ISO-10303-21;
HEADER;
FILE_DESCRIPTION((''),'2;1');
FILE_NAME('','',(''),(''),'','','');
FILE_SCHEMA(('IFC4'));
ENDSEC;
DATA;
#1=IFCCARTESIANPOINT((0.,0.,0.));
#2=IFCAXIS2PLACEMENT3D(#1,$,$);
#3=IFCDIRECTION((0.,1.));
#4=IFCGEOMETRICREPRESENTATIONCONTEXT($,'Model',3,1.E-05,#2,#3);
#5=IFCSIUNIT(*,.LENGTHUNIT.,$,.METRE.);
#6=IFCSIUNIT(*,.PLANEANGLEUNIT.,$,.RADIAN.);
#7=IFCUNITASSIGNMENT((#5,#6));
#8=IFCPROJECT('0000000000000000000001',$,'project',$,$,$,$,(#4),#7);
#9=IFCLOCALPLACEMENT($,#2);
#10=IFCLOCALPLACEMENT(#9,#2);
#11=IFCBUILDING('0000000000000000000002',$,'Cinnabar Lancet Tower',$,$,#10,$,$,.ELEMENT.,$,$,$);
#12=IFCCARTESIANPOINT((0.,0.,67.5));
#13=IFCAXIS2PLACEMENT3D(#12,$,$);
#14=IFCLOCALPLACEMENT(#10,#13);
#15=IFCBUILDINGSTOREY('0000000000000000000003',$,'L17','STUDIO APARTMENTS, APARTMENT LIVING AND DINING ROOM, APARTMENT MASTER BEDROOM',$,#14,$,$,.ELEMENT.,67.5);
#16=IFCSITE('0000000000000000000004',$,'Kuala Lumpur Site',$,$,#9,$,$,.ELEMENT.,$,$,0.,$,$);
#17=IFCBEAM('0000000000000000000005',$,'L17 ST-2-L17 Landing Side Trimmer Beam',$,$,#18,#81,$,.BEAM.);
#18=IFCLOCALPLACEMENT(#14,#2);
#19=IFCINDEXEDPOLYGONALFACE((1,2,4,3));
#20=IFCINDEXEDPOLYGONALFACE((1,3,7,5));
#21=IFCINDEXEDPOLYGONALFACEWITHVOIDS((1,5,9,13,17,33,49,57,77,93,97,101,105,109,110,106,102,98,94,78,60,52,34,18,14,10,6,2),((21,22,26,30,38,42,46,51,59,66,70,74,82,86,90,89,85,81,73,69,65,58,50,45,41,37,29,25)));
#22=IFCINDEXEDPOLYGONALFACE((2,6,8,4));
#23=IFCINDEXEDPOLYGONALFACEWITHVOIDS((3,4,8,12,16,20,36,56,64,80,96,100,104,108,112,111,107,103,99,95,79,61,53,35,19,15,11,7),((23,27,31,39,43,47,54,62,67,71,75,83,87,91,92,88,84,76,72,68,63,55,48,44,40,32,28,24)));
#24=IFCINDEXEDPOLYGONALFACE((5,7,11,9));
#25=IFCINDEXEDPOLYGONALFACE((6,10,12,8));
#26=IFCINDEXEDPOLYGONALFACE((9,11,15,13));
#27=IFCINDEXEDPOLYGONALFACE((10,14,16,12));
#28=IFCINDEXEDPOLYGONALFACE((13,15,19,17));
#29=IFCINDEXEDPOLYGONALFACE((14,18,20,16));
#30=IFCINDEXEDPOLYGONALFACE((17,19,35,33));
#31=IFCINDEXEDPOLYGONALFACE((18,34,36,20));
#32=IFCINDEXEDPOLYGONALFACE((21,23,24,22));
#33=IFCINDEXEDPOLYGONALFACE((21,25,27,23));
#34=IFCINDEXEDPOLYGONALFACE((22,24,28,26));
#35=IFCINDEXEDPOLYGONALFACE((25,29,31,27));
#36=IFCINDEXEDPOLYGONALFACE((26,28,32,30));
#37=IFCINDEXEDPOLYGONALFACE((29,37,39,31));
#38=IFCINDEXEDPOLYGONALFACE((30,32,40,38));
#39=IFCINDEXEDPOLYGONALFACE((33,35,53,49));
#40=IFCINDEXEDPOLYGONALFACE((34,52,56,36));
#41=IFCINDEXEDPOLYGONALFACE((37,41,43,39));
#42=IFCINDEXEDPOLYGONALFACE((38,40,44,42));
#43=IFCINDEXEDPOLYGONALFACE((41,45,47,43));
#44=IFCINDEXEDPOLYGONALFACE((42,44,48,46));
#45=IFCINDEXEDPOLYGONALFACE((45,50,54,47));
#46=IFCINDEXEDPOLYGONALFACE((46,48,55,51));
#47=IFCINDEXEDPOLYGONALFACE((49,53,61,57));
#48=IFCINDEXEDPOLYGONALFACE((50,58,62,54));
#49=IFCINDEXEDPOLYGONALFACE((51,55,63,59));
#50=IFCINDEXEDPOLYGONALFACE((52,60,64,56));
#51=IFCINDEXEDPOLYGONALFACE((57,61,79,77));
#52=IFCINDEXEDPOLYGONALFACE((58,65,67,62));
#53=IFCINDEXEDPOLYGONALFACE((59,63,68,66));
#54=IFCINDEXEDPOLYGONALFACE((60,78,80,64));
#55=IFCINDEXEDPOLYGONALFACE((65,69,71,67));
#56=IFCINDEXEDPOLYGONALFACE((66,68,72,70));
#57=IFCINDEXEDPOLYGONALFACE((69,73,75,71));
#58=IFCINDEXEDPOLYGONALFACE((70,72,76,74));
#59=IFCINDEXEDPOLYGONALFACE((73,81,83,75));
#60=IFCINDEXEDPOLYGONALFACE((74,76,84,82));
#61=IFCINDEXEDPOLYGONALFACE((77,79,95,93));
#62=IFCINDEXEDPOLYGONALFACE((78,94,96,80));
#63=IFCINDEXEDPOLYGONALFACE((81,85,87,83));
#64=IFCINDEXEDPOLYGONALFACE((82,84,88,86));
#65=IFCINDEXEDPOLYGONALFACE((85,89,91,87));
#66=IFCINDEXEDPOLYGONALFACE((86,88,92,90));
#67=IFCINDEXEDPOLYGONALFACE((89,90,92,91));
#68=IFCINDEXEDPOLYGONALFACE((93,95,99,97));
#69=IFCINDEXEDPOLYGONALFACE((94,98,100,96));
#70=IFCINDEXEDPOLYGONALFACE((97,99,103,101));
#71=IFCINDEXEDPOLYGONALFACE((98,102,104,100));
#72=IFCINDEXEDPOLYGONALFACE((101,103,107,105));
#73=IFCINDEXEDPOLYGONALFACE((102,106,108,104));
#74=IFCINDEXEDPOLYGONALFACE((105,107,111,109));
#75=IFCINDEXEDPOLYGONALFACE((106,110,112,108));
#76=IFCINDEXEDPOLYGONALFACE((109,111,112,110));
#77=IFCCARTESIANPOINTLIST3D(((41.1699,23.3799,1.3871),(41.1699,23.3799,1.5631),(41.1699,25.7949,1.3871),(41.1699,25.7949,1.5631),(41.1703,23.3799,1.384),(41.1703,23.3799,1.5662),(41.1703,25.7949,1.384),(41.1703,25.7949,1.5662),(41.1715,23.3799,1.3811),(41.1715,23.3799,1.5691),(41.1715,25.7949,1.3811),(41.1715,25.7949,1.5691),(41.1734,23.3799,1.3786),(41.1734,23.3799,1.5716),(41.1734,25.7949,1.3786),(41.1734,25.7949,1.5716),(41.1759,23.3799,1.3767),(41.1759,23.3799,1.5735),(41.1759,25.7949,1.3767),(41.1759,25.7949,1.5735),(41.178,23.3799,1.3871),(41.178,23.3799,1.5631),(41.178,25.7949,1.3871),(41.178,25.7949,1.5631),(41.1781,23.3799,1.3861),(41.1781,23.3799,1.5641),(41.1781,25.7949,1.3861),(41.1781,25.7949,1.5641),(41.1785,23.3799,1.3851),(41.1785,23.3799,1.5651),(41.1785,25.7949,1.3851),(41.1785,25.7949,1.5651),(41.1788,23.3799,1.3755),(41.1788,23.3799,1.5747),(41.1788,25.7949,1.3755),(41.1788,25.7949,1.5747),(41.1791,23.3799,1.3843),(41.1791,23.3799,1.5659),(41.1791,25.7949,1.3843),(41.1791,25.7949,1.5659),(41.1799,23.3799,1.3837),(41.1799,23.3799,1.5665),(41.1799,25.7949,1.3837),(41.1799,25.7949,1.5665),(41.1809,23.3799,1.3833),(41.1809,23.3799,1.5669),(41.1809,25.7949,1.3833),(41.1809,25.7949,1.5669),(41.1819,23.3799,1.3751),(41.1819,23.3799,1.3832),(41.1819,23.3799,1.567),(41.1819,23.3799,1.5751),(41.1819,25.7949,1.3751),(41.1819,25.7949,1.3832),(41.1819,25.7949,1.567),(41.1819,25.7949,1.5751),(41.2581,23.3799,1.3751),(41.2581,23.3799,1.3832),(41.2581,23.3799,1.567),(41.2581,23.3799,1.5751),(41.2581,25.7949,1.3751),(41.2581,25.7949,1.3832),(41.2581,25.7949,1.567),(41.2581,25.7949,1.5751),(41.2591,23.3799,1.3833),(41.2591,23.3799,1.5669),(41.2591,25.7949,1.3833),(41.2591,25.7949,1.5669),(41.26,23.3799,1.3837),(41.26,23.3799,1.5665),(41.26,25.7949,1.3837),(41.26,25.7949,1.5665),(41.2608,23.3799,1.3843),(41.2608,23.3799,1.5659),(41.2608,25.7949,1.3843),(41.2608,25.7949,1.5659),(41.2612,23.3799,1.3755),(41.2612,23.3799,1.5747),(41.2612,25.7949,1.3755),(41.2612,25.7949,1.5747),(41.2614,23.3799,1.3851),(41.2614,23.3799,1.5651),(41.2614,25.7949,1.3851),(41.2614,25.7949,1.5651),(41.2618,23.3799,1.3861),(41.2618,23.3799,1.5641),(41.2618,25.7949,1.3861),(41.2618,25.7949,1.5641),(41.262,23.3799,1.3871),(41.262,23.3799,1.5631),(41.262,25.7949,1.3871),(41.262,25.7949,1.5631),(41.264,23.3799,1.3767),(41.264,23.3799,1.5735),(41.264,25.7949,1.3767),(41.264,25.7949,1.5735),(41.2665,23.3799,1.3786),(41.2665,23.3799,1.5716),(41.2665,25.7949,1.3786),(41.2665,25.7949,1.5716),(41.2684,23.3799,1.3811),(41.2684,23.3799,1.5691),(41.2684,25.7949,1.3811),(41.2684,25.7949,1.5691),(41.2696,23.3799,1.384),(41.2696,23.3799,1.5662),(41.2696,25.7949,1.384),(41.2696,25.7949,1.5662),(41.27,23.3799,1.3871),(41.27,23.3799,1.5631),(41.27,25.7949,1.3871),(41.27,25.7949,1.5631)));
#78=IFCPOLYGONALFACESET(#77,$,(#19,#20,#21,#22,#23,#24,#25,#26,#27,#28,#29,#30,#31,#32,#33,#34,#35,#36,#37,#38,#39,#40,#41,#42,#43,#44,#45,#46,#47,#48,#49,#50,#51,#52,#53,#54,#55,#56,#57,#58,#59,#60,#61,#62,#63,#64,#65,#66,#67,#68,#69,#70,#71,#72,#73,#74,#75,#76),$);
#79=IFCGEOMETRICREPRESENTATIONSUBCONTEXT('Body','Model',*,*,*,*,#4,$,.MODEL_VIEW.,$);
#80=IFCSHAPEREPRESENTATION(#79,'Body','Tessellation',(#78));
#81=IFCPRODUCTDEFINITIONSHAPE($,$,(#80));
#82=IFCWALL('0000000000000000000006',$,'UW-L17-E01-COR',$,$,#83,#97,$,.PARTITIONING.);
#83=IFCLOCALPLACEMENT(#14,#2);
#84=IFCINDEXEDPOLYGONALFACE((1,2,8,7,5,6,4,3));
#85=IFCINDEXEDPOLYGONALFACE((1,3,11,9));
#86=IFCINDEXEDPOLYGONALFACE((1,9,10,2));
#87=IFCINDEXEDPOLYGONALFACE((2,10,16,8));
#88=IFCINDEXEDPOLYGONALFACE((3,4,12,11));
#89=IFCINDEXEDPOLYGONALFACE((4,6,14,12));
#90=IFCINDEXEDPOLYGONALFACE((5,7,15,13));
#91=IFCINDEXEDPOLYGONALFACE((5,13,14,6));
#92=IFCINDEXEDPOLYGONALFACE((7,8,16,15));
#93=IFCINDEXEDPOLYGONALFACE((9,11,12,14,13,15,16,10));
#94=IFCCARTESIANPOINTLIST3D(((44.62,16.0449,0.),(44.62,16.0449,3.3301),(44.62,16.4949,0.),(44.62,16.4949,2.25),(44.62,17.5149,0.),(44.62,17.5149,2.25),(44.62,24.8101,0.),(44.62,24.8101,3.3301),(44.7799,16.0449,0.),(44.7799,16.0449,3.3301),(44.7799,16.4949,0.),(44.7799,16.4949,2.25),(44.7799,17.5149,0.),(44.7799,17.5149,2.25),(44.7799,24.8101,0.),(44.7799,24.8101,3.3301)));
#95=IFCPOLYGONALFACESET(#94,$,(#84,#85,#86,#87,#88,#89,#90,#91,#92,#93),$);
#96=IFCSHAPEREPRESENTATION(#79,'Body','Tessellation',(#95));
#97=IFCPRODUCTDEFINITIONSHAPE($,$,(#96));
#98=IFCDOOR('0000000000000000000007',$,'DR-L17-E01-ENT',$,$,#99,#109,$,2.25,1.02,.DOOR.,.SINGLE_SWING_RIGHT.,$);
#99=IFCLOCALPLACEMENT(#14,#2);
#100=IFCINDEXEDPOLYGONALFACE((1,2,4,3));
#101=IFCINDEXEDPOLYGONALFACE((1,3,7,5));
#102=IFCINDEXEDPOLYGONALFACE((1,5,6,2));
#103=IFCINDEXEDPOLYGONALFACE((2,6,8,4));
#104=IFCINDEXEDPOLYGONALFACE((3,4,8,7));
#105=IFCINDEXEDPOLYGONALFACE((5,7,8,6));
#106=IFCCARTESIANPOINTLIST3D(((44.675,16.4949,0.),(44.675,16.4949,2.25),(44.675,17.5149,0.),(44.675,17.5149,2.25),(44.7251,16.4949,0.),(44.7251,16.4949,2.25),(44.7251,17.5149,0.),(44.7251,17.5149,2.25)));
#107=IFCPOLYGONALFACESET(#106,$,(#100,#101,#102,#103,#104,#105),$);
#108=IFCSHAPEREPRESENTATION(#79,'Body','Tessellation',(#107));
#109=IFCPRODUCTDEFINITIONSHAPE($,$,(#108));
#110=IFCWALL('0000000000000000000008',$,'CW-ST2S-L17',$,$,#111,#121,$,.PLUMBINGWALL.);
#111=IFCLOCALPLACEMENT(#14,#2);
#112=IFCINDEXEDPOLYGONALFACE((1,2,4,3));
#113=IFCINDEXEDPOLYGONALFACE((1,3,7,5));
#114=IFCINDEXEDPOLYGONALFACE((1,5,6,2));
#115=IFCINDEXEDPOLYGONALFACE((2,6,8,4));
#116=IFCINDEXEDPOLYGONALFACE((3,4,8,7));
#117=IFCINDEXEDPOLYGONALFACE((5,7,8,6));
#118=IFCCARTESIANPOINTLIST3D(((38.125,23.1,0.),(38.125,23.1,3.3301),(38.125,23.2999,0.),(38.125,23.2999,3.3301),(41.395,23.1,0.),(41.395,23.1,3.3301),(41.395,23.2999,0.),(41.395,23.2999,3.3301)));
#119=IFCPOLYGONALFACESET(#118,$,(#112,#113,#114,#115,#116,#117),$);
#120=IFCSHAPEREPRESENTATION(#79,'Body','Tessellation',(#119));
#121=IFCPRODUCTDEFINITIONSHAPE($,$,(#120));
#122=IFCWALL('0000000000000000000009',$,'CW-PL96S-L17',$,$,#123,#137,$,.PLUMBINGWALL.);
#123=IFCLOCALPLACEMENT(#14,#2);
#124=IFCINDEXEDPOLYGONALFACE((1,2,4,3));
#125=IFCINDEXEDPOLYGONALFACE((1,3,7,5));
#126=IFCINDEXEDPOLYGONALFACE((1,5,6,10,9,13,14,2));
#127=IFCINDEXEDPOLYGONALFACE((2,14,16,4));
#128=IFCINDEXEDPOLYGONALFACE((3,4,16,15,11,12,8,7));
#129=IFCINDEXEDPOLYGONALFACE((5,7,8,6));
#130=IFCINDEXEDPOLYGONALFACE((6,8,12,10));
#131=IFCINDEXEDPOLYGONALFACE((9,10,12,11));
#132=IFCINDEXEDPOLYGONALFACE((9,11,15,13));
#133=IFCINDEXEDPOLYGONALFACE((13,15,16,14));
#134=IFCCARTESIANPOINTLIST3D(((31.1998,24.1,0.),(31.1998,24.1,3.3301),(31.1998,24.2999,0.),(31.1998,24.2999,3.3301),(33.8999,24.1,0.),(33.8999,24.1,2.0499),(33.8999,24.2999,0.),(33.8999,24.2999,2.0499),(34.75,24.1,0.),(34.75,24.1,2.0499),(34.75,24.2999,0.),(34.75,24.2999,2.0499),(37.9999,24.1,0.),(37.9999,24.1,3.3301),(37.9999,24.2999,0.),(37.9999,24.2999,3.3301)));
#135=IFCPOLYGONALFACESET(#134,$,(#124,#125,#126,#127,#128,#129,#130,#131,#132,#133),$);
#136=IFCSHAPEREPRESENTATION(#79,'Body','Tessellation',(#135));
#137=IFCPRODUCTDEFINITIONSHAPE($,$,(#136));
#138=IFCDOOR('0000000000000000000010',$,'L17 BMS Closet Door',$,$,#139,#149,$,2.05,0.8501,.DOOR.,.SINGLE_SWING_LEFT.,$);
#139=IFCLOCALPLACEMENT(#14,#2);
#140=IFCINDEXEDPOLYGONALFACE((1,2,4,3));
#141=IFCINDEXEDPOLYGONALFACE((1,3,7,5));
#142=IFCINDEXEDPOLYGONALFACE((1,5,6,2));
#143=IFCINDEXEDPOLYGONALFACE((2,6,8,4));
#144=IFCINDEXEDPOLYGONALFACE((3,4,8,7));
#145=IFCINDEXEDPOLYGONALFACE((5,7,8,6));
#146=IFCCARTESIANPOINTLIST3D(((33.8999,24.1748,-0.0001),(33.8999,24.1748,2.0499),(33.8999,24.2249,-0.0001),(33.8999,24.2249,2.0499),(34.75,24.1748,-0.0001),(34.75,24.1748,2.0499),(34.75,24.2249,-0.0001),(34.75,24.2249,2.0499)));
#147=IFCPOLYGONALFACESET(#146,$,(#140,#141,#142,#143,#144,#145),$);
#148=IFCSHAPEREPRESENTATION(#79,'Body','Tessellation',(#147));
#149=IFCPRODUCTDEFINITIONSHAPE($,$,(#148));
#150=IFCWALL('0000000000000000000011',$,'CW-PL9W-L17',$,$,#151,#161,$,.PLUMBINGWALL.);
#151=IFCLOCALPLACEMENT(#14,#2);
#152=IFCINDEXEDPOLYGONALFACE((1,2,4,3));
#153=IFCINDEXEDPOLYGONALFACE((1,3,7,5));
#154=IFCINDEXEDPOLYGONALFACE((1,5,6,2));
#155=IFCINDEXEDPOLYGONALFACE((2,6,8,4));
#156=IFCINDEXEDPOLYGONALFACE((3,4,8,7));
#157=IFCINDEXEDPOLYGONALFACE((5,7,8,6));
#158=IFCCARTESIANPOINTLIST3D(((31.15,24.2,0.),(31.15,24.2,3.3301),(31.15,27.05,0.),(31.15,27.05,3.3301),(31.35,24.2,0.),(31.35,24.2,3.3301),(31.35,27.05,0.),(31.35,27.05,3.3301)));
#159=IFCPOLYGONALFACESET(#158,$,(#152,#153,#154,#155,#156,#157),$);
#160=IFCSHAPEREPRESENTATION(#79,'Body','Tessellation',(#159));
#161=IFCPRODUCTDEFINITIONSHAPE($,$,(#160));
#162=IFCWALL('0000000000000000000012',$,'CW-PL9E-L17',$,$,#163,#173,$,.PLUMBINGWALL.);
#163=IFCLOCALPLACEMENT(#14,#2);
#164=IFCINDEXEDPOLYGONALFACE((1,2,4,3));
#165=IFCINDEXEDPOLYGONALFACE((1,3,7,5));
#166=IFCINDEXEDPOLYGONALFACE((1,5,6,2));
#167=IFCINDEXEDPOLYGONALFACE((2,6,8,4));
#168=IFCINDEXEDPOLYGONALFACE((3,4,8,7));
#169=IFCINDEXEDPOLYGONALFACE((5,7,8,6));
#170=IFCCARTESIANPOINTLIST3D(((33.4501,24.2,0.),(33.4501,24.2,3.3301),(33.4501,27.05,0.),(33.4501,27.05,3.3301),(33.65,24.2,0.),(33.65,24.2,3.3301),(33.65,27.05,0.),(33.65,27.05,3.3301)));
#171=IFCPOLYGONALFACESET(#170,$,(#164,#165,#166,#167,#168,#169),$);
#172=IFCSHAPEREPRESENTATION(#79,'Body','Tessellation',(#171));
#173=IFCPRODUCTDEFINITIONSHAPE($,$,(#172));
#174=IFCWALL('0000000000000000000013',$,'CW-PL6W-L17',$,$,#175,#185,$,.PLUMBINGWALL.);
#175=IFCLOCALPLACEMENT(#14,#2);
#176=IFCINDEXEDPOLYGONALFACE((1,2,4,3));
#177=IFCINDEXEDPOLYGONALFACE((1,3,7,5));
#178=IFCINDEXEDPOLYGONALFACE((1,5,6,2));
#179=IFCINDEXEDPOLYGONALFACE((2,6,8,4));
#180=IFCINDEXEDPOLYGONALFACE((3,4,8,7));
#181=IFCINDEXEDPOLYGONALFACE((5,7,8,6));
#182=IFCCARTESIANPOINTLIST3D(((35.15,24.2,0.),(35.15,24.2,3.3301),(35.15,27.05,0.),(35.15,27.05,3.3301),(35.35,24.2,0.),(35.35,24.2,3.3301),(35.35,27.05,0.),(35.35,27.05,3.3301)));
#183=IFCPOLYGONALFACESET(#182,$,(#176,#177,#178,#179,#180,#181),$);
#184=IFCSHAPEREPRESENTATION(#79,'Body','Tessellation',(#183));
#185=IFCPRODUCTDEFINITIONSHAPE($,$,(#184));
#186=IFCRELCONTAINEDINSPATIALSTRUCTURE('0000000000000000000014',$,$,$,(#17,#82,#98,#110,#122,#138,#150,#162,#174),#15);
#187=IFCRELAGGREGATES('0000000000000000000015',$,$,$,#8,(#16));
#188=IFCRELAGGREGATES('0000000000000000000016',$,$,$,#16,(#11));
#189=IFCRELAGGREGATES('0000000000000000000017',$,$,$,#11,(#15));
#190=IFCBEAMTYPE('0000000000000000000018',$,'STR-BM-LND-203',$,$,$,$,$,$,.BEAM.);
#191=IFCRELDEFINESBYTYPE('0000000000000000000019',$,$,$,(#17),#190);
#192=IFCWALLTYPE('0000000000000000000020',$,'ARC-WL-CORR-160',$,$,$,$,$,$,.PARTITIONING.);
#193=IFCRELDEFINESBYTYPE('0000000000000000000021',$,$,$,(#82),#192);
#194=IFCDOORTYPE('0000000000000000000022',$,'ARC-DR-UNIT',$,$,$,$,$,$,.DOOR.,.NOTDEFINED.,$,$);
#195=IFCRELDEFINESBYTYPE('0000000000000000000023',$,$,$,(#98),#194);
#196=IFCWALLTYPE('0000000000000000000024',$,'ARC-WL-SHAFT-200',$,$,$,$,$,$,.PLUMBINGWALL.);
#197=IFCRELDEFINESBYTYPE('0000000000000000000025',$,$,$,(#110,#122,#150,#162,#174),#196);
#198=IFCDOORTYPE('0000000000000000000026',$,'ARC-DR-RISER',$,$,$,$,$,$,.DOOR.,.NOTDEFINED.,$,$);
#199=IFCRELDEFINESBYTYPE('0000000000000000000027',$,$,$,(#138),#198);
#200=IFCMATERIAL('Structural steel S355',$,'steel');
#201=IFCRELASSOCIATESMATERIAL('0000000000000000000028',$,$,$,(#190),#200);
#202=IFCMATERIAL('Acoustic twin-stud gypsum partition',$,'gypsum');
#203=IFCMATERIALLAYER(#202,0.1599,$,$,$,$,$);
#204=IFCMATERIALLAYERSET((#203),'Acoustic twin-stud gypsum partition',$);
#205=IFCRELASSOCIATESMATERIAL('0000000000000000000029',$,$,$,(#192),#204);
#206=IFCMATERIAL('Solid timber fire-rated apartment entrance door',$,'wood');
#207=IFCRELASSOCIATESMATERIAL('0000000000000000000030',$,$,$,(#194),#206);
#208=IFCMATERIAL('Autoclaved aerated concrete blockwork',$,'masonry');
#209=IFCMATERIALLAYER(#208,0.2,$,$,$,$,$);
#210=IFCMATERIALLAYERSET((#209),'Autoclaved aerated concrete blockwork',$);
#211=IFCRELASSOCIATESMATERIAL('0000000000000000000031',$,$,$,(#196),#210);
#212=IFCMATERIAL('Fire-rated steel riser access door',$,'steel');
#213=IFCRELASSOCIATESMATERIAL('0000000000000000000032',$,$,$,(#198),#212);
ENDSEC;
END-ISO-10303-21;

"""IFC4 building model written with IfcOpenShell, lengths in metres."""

from ifc_helpers import new_model, si_unit, direction, frame, frame_2d, origin, origin_2d, place, context, subcontext, project, spatial, rectangle, hollow_rectangle, extrude, material, layer, layer_set, material_profile, profile_set, type_object, element, fill, save


model = new_model("IFC4")

# Units and contexts
model_context = context("Model", 3, precision=1e-05, world=origin(), true_north=direction((0.0, 1.0)))
body_context = subcontext(model_context, "Body", "Model", "MODEL_VIEW")
ifc_project = project(units=[si_unit("LENGTHUNIT", "METRE"), si_unit("PLANEANGLEUNIT", "RADIAN")], contexts=[model_context])

# Site, building, storey
site_placement = place(None, origin())
site = spatial("IfcSite", under=ifc_project, at=site_placement, Name="Kuala Lumpur Site", CompositionType="ELEMENT", RefElevation=0.0)
building_placement = place(site_placement, origin())
building = spatial("IfcBuilding", under=site, at=building_placement, Name="Cinnabar Lancet Tower", CompositionType="ELEMENT")
storey_placement = place(building_placement, frame((0.0, 0.0, 67.5)))
storey = spatial("IfcBuildingStorey", under=building, at=storey_placement, Name="L17", Description="STUDIO APARTMENTS, APARTMENT LIVING AND DINING ROOM, APARTMENT MASTER BEDROOM", CompositionType="ELEMENT", Elevation=67.5)

# Beam
ifc_material_1 = material(Name="Structural steel S355", Category="steel")
ifc_material_profile_1 = material_profile(ifc_material_1, hollow_rectangle(XDim=0.1001, YDim=0.2, WallThickness=0.0081, InnerFilletRadius=0.0039, OuterFilletRadius=0.012, at=origin_2d()), Name="RHS 200x100x8")
ifc_profile_set_1 = profile_set([ifc_material_profile_1], Name="Structural steel S355")
beam_type_1 = type_object("IfcBeamType", Name="STR-BM-LND-203", PredefinedType="BEAM", material=ifc_profile_set_1)
beam_1_placement = place(storey_placement, frame((41.22, 23.3799, 1.4751), z_axis=(0.0, 1.0, 0.0), x_axis=(-1.0, 0.0, 0.0)))
element("IfcBeam", 1, at=beam_1_placement, inside=storey, type_object=beam_type_1, Name="L17 ST-2-L17 Landing Side Trimmer Beam", PredefinedType="BEAM", context=body_context, shape_type="SweptSolid", body=[
    extrude(hollow_rectangle(XDim=0.1001, YDim=0.2, WallThickness=0.0081, InnerFilletRadius=0.0039, OuterFilletRadius=0.012, at=origin_2d()), origin(), (0.0, 0.0, 1.0), 2.415),
])

# Wall, opening, door
ifc_material_2 = material(Name="Acoustic twin-stud gypsum partition", Category="gypsum")
ifc_layer_1 = layer(ifc_material_2, 0.1599)
ifc_layer_set_1 = layer_set([ifc_layer_1], Name="Acoustic twin-stud gypsum partition")
wall_type_1 = type_object("IfcWallType", Name="ARC-WL-CORR-160", PredefinedType="PARTITIONING", material=ifc_layer_set_1)
wall_1_placement = place(storey_placement, frame((44.7, 16.0449, 0.0), z_axis=(0.0, 0.0, 1.0), x_axis=(0.0, 1.0, 0.0)))
wall_1 = element("IfcWall", 2, at=wall_1_placement, inside=storey, type_object=wall_type_1, Name="UW-L17-E01-COR", PredefinedType="PARTITIONING", context=body_context, shape_type="SweptSolid", body=[
    extrude(rectangle(XDim=8.7651, YDim=0.1599, at=frame_2d((4.3826, 0.0))), origin(), (0.0, 0.0, 1.0), 3.3301),
])
opening_1_placement = place(wall_1_placement, frame((0.45, 0.0, 0.0)))
opening_1 = element("IfcOpeningElement", 3, at=opening_1_placement, cuts=wall_1, PredefinedType="OPENING", context=body_context, shape_type="SweptSolid", body=[
    extrude(rectangle(XDim=1.02, YDim=2.25, at=frame_2d((0.51, 1.125))), frame((0.0, 0.0898, 0.0), z_axis=(0.0, -1.0, 0.0), x_axis=(1.0, 0.0, 0.0)), (0.0, 0.0, 1.0), 0.1799),
])
ifc_material_3 = material(Name="Solid timber fire-rated apartment entrance door", Category="wood")
door_type_1 = type_object("IfcDoorType", Name="ARC-DR-UNIT", OperationType="NOTDEFINED", PredefinedType="DOOR", material=ifc_material_3)
door_1_placement = place(opening_1_placement, origin())
door_1 = element("IfcDoor", 4, at=door_1_placement, inside=storey, type_object=door_type_1, Name="DR-L17-E01-ENT", OperationType="SINGLE_SWING_RIGHT", OverallHeight=2.25, OverallWidth=1.02, PredefinedType="DOOR", context=body_context, shape_type="SweptSolid", body=[
    extrude(rectangle(XDim=1.02, YDim=2.25, at=frame_2d((0.51, 1.125))), frame((0.0, 0.0249, 0.0), z_axis=(0.0, -1.0, 0.0), x_axis=(1.0, 0.0, 0.0)), (0.0, 0.0, 1.0), 0.05),
])
fill(opening_1, door_1)

# Wall
ifc_material_4 = material(Name="Autoclaved aerated concrete blockwork", Category="masonry")
ifc_layer_2 = layer(ifc_material_4, 0.2)
ifc_layer_set_2 = layer_set([ifc_layer_2], Name="Autoclaved aerated concrete blockwork")
wall_type_2 = type_object("IfcWallType", Name="ARC-WL-SHAFT-200", PredefinedType="PLUMBINGWALL", material=ifc_layer_set_2)
wall_2_placement = place(storey_placement, frame((38.125, 23.2, 0.0), z_axis=(0.0, 0.0, 1.0), x_axis=(1.0, 0.0, 0.0)))
element("IfcWall", 5, at=wall_2_placement, inside=storey, type_object=wall_type_2, Name="CW-ST2S-L17", PredefinedType="PLUMBINGWALL", context=body_context, shape_type="SweptSolid", body=[
    extrude(rectangle(XDim=3.27, YDim=0.2, at=frame_2d((1.635, 0.0))), origin(), (0.0, 0.0, 1.0), 3.3301),
])

# Wall, opening, door
wall_3_placement = place(storey_placement, frame((31.2, 24.2, 0.0), z_axis=(0.0, 0.0, 1.0), x_axis=(1.0, 0.0, 0.0)))
wall_3 = element("IfcWall", 6, at=wall_3_placement, inside=storey, type_object=wall_type_2, Name="CW-PL96S-L17", PredefinedType="PLUMBINGWALL", context=body_context, shape_type="SweptSolid", body=[
    extrude(rectangle(XDim=6.8, YDim=0.2, at=frame_2d((3.3999, 0.0))), origin(), (0.0, 0.0, 1.0), 3.3301),
])
opening_2_placement = place(wall_3_placement, frame((2.7, 0.0, 0.0)))
opening_2 = element("IfcOpeningElement", 7, at=opening_2_placement, cuts=wall_3, PredefinedType="OPENING", context=body_context, shape_type="SweptSolid", body=[
    extrude(rectangle(XDim=0.8501, YDim=2.05, at=frame_2d((0.425, 1.0249))), frame((0.0, 0.1099, 0.0), z_axis=(0.0, -1.0, 0.0), x_axis=(1.0, 0.0, 0.0)), (0.0, 0.0, 1.0), 0.22),
])
ifc_material_5 = material(Name="Fire-rated steel riser access door", Category="steel")
door_type_2 = type_object("IfcDoorType", Name="ARC-DR-RISER", OperationType="NOTDEFINED", PredefinedType="DOOR", material=ifc_material_5)
door_2_placement = place(opening_2_placement, origin())
door_2 = element("IfcDoor", 8, at=door_2_placement, inside=storey, type_object=door_type_2, Name="L17 BMS Closet Door", OperationType="SINGLE_SWING_LEFT", OverallHeight=2.05, OverallWidth=0.8501, PredefinedType="DOOR", context=body_context, shape_type="SweptSolid", body=[
    extrude(rectangle(XDim=0.8501, YDim=2.05, at=frame_2d((0.425, 1.0249))), frame((0.0, 0.0249, 0.0), z_axis=(0.0, -1.0, 0.0), x_axis=(1.0, 0.0, 0.0)), (0.0, 0.0, 1.0), 0.05),
])
fill(opening_2, door_2)

# Walls
for number, where, z_axis, x_axis, name in (
    (9, (31.25, 24.2, 0.0), (0.0, 0.0, 1.0), (0.0, 1.0, 0.0), "CW-PL9W-L17"),
    (10, (33.55, 24.2, 0.0), (0.0, 0.0, 1.0), (0.0, 1.0, 0.0), "CW-PL9E-L17"),
    (11, (35.25, 24.2, 0.0), (0.0, 0.0, 1.0), (0.0, 1.0, 0.0), "CW-PL6W-L17"),
):
    element("IfcWall", number, at=place(storey_placement, frame(where, z_axis=z_axis, x_axis=x_axis)), inside=storey, type_object=wall_type_2, Name=name, PredefinedType="PLUMBINGWALL", context=body_context, shape_type="SweptSolid", body=[
        extrude(rectangle(XDim=2.8501, YDim=0.2, at=frame_2d((1.425, 0.0))), origin(), (0.0, 0.0, 1.0), 3.3301),
    ])

save(model, "model.ifc")
